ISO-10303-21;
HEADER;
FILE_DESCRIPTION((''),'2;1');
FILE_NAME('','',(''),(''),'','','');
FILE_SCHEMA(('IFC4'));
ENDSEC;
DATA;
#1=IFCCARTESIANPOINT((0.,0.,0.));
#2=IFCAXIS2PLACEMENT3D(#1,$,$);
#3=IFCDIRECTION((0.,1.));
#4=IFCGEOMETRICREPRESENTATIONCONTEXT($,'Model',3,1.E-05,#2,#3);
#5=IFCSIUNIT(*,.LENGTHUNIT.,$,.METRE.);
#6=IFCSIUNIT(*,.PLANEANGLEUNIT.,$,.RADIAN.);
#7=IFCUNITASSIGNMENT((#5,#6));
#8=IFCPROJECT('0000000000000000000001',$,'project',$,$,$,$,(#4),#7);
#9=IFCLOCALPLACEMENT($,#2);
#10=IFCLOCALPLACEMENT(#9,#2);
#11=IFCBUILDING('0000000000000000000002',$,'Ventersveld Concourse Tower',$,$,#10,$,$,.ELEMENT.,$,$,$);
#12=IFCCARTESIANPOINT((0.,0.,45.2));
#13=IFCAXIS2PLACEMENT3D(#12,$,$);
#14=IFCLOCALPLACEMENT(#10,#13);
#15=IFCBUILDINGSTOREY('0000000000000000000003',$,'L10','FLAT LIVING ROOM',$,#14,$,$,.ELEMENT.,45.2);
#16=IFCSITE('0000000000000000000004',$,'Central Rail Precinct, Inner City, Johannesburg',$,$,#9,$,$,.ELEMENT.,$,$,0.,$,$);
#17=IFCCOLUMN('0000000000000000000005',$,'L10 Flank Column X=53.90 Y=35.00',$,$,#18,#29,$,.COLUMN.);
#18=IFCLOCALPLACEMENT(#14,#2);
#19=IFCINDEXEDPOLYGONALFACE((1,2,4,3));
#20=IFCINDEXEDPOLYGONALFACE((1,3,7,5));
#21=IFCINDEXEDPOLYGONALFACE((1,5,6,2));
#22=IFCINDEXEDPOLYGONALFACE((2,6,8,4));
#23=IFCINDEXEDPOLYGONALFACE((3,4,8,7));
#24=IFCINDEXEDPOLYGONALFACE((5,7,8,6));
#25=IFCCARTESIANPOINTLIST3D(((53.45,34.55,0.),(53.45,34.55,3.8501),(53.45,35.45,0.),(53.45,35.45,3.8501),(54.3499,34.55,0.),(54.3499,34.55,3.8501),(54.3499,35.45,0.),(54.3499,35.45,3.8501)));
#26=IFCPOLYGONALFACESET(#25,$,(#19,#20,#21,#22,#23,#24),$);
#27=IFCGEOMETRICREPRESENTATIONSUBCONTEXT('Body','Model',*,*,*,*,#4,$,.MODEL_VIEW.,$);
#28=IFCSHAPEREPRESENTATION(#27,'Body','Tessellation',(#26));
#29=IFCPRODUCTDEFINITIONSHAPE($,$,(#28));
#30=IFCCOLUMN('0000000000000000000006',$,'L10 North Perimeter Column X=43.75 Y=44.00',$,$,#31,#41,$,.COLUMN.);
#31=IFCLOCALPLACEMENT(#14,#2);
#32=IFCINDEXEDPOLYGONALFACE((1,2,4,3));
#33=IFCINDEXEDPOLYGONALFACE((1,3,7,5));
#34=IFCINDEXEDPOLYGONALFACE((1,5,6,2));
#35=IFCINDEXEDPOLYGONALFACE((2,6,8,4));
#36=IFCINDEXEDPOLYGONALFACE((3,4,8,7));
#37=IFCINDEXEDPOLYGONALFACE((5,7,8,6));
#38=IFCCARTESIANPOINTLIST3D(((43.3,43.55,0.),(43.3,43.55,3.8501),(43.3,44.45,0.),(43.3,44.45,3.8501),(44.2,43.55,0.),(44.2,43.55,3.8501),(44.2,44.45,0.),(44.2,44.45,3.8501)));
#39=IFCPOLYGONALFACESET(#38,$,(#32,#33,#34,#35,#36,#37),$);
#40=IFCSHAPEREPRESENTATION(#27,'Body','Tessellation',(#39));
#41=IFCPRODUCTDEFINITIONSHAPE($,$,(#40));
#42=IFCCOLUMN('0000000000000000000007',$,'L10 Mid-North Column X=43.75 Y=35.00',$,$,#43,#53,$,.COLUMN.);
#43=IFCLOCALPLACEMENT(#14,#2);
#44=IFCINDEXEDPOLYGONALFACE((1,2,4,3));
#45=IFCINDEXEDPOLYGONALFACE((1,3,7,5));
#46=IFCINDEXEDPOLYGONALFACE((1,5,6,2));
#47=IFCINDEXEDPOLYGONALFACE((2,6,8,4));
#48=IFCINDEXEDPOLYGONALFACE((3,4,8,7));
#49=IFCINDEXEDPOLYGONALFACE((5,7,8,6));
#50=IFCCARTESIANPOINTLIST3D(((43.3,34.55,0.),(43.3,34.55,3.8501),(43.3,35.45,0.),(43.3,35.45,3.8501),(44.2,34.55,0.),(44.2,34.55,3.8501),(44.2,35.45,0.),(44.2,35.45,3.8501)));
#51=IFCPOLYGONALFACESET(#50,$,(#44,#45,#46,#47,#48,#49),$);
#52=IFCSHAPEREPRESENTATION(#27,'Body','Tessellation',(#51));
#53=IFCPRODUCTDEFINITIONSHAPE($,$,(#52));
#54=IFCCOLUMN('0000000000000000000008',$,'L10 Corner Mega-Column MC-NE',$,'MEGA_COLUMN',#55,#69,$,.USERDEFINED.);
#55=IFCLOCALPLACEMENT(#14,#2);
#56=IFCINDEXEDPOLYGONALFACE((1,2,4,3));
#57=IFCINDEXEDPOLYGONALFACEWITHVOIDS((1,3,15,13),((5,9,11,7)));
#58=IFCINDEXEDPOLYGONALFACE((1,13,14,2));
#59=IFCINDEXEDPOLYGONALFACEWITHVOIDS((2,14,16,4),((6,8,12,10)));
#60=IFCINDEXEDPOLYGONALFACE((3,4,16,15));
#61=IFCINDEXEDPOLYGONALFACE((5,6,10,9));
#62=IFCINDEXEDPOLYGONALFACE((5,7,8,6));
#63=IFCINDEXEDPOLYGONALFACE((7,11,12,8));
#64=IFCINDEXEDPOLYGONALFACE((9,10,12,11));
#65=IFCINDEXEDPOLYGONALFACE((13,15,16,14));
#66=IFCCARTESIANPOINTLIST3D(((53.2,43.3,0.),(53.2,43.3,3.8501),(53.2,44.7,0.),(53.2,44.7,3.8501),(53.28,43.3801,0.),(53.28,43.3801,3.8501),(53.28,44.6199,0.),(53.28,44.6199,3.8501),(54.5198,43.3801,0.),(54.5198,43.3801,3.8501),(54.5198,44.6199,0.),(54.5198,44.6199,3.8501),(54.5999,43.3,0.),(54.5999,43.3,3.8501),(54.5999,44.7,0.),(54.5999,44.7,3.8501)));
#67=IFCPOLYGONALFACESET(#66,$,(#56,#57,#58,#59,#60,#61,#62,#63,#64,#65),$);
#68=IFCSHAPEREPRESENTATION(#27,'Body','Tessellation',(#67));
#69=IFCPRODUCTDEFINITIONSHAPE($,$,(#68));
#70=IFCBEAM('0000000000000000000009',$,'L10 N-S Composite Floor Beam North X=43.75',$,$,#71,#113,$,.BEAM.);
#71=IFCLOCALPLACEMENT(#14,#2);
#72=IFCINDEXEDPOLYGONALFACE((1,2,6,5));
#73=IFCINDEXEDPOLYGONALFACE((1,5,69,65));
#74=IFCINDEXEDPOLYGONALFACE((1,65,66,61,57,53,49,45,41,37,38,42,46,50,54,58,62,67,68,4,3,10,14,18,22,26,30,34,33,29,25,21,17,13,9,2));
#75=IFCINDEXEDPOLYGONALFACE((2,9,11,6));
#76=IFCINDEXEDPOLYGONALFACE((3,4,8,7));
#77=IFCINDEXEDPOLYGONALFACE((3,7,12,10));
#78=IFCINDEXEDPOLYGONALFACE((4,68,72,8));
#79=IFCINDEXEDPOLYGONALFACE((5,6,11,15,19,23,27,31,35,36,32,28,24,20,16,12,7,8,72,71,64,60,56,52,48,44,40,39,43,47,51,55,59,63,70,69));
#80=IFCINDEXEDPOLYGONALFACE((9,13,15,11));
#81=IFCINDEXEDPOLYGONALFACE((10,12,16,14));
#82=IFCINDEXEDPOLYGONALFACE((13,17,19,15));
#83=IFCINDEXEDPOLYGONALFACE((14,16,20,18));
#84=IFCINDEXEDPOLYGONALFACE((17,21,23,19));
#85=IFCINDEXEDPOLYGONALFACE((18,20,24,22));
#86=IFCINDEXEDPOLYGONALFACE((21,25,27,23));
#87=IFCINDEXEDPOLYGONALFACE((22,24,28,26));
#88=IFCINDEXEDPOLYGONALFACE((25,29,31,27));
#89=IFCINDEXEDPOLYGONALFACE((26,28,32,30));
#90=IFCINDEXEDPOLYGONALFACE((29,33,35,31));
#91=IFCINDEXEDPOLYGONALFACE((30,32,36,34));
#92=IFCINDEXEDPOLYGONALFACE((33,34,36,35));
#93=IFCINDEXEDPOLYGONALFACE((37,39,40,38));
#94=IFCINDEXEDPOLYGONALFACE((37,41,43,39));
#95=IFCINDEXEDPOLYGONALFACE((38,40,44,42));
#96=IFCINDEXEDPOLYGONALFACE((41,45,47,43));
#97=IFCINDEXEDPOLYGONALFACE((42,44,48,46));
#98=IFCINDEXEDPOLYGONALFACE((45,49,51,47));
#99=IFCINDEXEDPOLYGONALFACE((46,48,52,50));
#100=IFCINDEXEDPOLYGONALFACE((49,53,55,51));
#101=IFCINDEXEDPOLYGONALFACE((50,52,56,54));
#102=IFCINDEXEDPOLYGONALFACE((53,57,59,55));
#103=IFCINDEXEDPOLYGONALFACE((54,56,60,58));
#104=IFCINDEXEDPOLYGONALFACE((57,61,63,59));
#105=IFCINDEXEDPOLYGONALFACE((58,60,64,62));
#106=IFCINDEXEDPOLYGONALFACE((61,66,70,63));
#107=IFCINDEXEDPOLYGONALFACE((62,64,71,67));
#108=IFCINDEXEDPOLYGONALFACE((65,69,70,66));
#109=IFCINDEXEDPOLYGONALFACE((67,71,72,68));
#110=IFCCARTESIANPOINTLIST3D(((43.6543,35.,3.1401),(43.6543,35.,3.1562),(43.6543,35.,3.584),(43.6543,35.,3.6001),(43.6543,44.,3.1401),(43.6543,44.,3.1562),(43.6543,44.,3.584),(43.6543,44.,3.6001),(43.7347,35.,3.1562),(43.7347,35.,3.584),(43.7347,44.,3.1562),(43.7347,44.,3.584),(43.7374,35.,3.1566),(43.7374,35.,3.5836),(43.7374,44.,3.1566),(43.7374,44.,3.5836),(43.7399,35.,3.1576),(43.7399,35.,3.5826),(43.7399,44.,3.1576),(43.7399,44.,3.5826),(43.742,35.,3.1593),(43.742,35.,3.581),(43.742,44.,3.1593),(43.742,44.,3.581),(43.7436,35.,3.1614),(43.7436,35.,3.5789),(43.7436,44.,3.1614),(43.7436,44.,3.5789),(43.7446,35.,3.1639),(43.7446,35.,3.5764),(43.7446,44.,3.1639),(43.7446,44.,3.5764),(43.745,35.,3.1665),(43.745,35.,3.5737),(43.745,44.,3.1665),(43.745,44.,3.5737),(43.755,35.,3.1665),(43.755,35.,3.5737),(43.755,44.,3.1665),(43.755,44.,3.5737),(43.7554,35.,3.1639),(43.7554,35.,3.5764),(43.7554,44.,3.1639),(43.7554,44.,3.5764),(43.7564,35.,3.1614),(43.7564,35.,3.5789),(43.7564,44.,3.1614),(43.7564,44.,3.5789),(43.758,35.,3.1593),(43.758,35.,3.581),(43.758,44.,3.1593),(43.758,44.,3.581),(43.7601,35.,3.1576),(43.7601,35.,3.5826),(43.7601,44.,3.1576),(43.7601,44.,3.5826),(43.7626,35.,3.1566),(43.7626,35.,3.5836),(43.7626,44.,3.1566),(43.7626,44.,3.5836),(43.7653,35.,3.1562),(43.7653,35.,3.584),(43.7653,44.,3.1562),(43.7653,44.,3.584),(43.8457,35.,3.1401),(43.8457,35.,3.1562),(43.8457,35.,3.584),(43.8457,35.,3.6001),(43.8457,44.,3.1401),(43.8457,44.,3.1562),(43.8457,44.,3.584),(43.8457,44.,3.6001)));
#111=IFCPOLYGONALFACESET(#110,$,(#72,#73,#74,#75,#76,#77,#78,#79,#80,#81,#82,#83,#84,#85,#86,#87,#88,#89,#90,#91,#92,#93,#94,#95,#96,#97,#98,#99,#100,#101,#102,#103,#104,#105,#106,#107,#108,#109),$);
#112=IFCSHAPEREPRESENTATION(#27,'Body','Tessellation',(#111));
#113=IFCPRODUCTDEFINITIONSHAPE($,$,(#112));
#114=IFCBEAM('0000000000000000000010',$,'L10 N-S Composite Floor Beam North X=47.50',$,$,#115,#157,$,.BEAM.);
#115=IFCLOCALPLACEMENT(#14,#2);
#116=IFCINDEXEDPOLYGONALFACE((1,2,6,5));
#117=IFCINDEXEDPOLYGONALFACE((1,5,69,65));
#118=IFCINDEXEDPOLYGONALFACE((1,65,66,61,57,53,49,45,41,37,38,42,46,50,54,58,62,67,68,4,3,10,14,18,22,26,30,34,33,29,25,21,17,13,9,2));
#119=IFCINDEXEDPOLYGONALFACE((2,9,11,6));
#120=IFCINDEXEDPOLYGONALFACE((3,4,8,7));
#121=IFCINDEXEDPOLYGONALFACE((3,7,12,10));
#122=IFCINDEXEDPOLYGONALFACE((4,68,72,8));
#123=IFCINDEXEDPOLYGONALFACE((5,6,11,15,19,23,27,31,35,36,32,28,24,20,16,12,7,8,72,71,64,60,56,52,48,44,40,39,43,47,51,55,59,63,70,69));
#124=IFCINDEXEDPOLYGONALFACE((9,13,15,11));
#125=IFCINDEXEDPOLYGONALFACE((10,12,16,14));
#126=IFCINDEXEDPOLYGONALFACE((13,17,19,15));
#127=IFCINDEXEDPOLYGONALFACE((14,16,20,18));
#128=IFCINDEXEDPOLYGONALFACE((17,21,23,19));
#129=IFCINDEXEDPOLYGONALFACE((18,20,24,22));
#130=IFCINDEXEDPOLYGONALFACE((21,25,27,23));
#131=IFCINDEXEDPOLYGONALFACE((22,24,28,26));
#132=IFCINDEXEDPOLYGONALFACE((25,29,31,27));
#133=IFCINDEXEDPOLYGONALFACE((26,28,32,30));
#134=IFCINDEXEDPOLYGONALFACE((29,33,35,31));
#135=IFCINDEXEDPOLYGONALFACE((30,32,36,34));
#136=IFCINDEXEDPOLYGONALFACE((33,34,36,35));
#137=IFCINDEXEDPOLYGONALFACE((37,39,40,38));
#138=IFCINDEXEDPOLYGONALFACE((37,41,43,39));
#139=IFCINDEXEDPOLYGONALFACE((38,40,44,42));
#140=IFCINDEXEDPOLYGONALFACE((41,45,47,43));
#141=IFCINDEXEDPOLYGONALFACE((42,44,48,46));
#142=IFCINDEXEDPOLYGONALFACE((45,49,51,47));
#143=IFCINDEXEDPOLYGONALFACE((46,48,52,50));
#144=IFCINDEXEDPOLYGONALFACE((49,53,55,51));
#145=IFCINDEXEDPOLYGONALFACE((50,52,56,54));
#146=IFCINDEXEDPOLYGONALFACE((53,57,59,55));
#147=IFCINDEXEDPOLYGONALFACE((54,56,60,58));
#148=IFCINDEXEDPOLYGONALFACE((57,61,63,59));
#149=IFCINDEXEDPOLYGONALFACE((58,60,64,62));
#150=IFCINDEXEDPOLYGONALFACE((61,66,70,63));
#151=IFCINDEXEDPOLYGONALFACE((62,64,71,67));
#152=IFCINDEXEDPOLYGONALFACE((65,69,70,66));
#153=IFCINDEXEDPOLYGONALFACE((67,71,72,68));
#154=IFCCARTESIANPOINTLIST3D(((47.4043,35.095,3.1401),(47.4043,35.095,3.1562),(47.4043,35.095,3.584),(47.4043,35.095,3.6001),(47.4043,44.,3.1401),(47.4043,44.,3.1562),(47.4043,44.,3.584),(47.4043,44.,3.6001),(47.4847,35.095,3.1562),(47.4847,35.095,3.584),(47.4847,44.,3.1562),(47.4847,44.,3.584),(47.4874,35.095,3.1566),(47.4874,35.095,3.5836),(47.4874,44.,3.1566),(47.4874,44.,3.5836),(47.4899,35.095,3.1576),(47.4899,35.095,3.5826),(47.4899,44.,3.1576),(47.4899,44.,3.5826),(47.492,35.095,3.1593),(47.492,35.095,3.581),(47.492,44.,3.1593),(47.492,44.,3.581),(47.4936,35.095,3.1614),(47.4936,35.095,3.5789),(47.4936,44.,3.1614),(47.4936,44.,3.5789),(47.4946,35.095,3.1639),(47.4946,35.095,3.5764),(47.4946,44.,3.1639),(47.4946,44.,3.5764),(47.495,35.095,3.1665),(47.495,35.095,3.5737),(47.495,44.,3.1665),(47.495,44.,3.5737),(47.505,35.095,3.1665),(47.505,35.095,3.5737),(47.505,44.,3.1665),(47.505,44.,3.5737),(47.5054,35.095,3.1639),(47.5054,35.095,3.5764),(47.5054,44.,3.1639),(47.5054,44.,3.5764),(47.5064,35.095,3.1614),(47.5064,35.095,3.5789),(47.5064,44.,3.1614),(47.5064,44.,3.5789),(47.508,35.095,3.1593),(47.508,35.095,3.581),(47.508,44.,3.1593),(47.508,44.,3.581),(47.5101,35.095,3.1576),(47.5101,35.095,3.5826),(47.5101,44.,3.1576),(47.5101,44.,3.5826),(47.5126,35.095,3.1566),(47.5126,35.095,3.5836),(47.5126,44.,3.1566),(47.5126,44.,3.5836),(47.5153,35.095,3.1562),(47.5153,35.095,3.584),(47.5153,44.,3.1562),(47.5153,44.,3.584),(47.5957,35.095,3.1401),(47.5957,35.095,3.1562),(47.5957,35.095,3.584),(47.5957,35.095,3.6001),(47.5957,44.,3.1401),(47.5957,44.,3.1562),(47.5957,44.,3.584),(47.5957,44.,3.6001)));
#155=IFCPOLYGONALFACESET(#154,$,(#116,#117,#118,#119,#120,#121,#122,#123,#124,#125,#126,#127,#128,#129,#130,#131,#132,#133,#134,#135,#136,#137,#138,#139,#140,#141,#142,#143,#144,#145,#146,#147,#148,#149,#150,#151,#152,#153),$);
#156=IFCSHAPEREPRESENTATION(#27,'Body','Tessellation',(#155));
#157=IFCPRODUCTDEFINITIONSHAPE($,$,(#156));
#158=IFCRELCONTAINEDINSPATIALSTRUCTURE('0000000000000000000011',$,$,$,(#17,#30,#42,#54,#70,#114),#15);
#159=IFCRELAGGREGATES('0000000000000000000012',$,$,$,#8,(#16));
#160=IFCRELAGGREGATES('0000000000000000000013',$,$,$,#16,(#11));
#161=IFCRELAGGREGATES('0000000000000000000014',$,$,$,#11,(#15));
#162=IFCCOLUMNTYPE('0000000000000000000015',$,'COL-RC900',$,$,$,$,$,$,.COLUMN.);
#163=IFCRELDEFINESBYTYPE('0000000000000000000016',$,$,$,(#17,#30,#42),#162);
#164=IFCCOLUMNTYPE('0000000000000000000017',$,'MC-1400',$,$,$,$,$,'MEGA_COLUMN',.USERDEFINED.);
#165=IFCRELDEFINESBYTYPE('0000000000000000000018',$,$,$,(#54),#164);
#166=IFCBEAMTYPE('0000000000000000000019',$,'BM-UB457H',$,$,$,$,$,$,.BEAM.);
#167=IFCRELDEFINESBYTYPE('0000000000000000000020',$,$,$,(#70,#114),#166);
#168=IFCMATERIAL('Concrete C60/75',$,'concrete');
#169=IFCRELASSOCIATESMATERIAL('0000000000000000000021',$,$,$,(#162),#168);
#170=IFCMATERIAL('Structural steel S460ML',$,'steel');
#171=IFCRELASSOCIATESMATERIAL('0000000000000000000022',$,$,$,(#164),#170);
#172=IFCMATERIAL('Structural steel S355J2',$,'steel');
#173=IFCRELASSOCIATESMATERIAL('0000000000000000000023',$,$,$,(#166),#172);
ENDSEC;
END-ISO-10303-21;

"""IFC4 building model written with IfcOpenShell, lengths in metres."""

from ifc_helpers import new_model, si_unit, direction, frame, origin, origin_2d, place, context, subcontext, project, spatial, rectangle, hollow_rectangle, i_section, extrude, material, material_profile, profile_set, type_object, element, save


model = new_model("IFC4")

# Units and contexts
model_context = context("Model", 3, precision=1e-05, world=origin(), true_north=direction((0.0, 1.0)))
body_context = subcontext(model_context, "Body", "Model", "MODEL_VIEW")
ifc_project = project(units=[si_unit("LENGTHUNIT", "METRE"), si_unit("PLANEANGLEUNIT", "RADIAN")], contexts=[model_context])

# Site, building, storey
site_placement = place(None, origin())
site = spatial("IfcSite", under=ifc_project, at=site_placement, Name="Central Rail Precinct, Inner City, Johannesburg", CompositionType="ELEMENT", RefElevation=0.0)
building_placement = place(site_placement, origin())
building = spatial("IfcBuilding", under=site, at=building_placement, Name="Ventersveld Concourse Tower", CompositionType="ELEMENT")
storey_placement = place(building_placement, frame((0.0, 0.0, 45.2)))
storey = spatial("IfcBuildingStorey", under=building, at=storey_placement, Name="L10", Description="FLAT LIVING ROOM", CompositionType="ELEMENT", Elevation=45.2)

# Columns
ifc_material_1 = material(Name="Concrete C60/75", Category="concrete")
ifc_material_profile_1 = material_profile(ifc_material_1, rectangle(XDim=0.8999, YDim=0.8999, at=origin_2d()), Name="RC 900x900")
ifc_profile_set_1 = profile_set([ifc_material_profile_1], Name="Concrete C60/75")
column_type_1 = type_object("IfcColumnType", Name="COL-RC900", PredefinedType="COLUMN", material=ifc_profile_set_1)
for number, where, z_axis, x_axis, name in (
    (1, (53.8999, 35.0, 0.0), (0.0, 0.0, 1.0), (1.0, 0.0, 0.0), "L10 Flank Column X=53.90 Y=35.00"),
    (2, (43.75, 44.0, 0.0), (0.0, 0.0, 1.0), (1.0, 0.0, 0.0), "L10 North Perimeter Column X=43.75 Y=44.00"),
    (3, (43.75, 35.0, 0.0), (0.0, 0.0, 1.0), (1.0, 0.0, 0.0), "L10 Mid-North Column X=43.75 Y=35.00"),
):
    element("IfcColumn", number, at=place(storey_placement, frame(where, z_axis=z_axis, x_axis=x_axis)), inside=storey, type_object=column_type_1, Name=name, PredefinedType="COLUMN", context=body_context, shape_type="SweptSolid", body=[
        extrude(rectangle(XDim=0.8999, YDim=0.8999, at=origin_2d()), origin(), (0.0, 0.0, 1.0), 3.8501),
    ])
ifc_material_2 = material(Name="Structural steel S460ML", Category="steel")
ifc_material_profile_2 = material_profile(ifc_material_2, hollow_rectangle(XDim=1.3999, YDim=1.3999, WallThickness=0.0801, at=origin_2d()), Name="BOX 1400x1400x80")
ifc_profile_set_2 = profile_set([ifc_material_profile_2], Name="Structural steel S460ML")
column_type_2 = type_object("IfcColumnType", Name="MC-1400", ElementType="MEGA_COLUMN", PredefinedType="USERDEFINED", material=ifc_profile_set_2)
column_placement = place(storey_placement, frame((53.8999, 44.0, 0.0), z_axis=(0.0, 0.0, 1.0), x_axis=(1.0, 0.0, 0.0)))
element("IfcColumn", 4, at=column_placement, inside=storey, type_object=column_type_2, Name="L10 Corner Mega-Column MC-NE", ObjectType="MEGA_COLUMN", PredefinedType="USERDEFINED", context=body_context, shape_type="SweptSolid", body=[
    extrude(hollow_rectangle(XDim=1.3999, YDim=1.3999, WallThickness=0.0801, at=origin_2d()), origin(), (0.0, 0.0, 1.0), 3.8501),
])

# Beams
ifc_material_3 = material(Name="Structural steel S355J2", Category="steel")
ifc_material_profile_3 = material_profile(ifc_material_3, i_section(OverallWidth=0.1914, OverallDepth=0.46, WebThickness=0.01, FlangeThickness=0.0161, FilletRadius=0.0103, at=origin_2d()), Name="UB 457x191x82")
ifc_profile_set_3 = profile_set([ifc_material_profile_3], Name="Structural steel S355J2")
beam_type_1 = type_object("IfcBeamType", Name="BM-UB457H", PredefinedType="BEAM", material=ifc_profile_set_3)
beam_1_placement = place(storey_placement, frame((43.75, 35.0, 3.3701), z_axis=(0.0, 1.0, 0.0), x_axis=(-1.0, 0.0, 0.0)))
element("IfcBeam", 5, at=beam_1_placement, inside=storey, type_object=beam_type_1, Name="L10 N-S Composite Floor Beam North X=43.75", PredefinedType="BEAM", context=body_context, shape_type="SweptSolid", body=[
    extrude(i_section(OverallWidth=0.1914, OverallDepth=0.46, WebThickness=0.01, FlangeThickness=0.0161, FilletRadius=0.0103, at=origin_2d()), origin(), (0.0, 0.0, 1.0), 9.0),
])
beam_2_placement = place(storey_placement, frame((47.5, 35.095, 3.3701), z_axis=(0.0, 1.0, 0.0), x_axis=(-1.0, 0.0, 0.0)))
element("IfcBeam", 6, at=beam_2_placement, inside=storey, type_object=beam_type_1, Name="L10 N-S Composite Floor Beam North X=47.50", PredefinedType="BEAM", context=body_context, shape_type="SweptSolid", body=[
    extrude(i_section(OverallWidth=0.1914, OverallDepth=0.46, WebThickness=0.01, FlangeThickness=0.0161, FilletRadius=0.0103, at=origin_2d()), origin(), (0.0, 0.0, 1.0), 8.905),
])

save(model, "model.ifc")
